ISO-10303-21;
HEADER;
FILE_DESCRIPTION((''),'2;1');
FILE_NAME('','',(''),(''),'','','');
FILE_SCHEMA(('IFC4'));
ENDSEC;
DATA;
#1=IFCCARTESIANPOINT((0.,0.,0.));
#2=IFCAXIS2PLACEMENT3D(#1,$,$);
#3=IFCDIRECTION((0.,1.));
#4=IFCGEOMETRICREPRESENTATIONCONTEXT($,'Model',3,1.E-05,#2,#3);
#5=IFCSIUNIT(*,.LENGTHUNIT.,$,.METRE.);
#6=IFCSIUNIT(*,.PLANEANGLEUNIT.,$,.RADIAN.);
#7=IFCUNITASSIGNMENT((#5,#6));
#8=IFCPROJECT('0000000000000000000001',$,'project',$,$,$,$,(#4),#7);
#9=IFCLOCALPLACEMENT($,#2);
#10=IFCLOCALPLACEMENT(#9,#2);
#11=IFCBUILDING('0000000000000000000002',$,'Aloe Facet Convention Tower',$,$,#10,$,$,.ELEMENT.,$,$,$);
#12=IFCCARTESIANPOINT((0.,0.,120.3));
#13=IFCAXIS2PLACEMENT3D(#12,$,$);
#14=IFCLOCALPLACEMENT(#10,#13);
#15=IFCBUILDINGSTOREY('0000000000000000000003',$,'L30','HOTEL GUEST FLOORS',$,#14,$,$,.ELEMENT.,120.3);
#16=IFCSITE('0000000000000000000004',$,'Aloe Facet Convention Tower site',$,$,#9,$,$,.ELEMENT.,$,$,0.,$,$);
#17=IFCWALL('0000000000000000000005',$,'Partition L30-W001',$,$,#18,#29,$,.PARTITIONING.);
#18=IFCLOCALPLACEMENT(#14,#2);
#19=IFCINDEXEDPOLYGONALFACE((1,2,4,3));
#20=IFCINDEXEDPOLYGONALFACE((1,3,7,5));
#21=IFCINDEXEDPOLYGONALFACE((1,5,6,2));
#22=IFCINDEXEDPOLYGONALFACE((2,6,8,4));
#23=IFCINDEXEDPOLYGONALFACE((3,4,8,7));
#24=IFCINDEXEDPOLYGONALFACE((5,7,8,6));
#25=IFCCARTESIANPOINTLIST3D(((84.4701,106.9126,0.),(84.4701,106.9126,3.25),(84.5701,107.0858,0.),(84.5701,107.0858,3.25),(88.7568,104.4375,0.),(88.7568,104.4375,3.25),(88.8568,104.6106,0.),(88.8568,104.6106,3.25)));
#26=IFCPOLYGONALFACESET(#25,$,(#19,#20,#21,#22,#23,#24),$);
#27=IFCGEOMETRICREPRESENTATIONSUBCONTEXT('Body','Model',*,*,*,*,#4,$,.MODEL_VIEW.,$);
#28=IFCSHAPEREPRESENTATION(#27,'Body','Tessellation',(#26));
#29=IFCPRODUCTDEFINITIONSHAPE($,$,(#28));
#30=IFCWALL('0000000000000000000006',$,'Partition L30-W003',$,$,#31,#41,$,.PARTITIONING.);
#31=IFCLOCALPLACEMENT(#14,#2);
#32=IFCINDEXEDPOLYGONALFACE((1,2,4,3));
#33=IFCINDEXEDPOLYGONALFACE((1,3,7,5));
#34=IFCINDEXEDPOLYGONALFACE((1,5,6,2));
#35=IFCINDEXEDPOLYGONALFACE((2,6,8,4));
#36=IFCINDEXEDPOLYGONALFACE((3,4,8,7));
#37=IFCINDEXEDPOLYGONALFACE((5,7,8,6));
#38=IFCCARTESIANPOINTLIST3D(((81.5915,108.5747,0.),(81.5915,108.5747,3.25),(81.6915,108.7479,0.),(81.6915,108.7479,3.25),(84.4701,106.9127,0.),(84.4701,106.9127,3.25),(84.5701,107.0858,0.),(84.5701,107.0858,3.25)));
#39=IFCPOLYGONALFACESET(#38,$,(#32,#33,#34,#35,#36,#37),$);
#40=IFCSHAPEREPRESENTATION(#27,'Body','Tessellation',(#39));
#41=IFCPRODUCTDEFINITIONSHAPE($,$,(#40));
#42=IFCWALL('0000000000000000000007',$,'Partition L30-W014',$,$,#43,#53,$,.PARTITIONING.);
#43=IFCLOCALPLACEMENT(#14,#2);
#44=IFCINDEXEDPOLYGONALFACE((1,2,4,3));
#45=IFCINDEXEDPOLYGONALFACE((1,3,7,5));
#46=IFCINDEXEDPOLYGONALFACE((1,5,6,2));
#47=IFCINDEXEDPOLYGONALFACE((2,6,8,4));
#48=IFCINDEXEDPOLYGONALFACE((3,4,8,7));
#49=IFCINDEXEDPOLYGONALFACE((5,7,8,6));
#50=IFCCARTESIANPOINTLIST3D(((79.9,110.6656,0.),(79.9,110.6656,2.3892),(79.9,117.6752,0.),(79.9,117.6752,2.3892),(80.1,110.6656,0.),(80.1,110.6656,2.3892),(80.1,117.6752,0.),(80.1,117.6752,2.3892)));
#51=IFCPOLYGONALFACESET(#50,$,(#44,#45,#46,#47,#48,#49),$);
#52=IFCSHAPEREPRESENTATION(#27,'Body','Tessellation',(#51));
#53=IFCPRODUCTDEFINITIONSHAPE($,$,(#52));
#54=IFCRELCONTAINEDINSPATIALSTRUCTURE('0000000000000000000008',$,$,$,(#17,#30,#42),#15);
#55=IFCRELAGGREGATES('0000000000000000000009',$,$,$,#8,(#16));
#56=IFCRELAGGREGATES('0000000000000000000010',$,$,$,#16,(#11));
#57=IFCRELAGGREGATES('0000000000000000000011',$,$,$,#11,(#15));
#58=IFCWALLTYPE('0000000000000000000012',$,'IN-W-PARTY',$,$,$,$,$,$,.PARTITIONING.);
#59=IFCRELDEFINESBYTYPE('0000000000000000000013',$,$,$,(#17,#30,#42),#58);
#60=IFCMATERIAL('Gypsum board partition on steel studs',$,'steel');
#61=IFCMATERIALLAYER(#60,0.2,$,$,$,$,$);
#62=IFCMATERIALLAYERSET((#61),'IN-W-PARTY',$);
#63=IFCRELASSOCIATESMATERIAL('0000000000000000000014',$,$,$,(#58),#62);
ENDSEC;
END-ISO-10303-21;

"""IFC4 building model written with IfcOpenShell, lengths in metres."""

from ifc_helpers import new_model, si_unit, direction, frame, frame_2d, origin, place, context, subcontext, project, spatial, rectangle, extrude, material, layer, layer_set, type_object, element, save


model = new_model("IFC4")

# Units and contexts
model_context = context("Model", 3, precision=1e-05, world=origin(), true_north=direction((0.0, 1.0)))
body_context = subcontext(model_context, "Body", "Model", "MODEL_VIEW")
ifc_project = project(units=[si_unit("LENGTHUNIT", "METRE"), si_unit("PLANEANGLEUNIT", "RADIAN")], contexts=[model_context])

# Site, building, storey
site_placement = place(None, origin())
site = spatial("IfcSite", under=ifc_project, at=site_placement, Name="Aloe Facet Convention Tower site", CompositionType="ELEMENT", RefElevation=0.0)
building_placement = place(site_placement, origin())
building = spatial("IfcBuilding", under=site, at=building_placement, Name="Aloe Facet Convention Tower", CompositionType="ELEMENT")
storey_placement = place(building_placement, frame((0.0, 0.0, 120.3)))
storey = spatial("IfcBuildingStorey", under=building, at=storey_placement, Name="L30", Description="HOTEL GUEST FLOORS", CompositionType="ELEMENT", Elevation=120.3)

# Walls
ifc_material_1 = material(Name="Gypsum board partition on steel studs", Category="steel")
ifc_layer_1 = layer(ifc_material_1, 0.2)
ifc_layer_set_1 = layer_set([ifc_layer_1], Name="IN-W-PARTY")
wall_type_1 = type_object("IfcWallType", Name="IN-W-PARTY", PredefinedType="PARTITIONING", material=ifc_layer_set_1)
wall_1_placement = place(storey_placement, frame((84.52, 106.9993, 0.0), z_axis=(0.0, 0.0, 1.0), x_axis=(0.866007, -0.500033, 0.0)))
element("IfcWall", 1, at=wall_1_placement, inside=storey, type_object=wall_type_1, Name="Partition L30-W001", PredefinedType="PARTITIONING", context=body_context, shape_type="SweptSolid", body=[
    extrude(rectangle(XDim=4.95, YDim=0.2, at=frame_2d((2.4751, 0.0))), origin(), (0.0, 0.0, 1.0), 3.25),
])
wall_2_placement = place(storey_placement, frame((81.6414, 108.6614, 0.0), z_axis=(0.0, 0.0, 1.0), x_axis=(0.866011, -0.500026, 0.0)))
element("IfcWall", 2, at=wall_2_placement, inside=storey, type_object=wall_type_1, Name="Partition L30-W003", PredefinedType="PARTITIONING", context=body_context, shape_type="SweptSolid", body=[
    extrude(rectangle(XDim=3.324, YDim=0.2, at=frame_2d((1.6621, 0.0))), origin(), (0.0, 0.0, 1.0), 3.25),
])
wall_3_placement = place(storey_placement, frame((80.0, 110.6655, 0.0), z_axis=(0.0, 0.0, 1.0), x_axis=(0.0, 1.0, 0.0)))
element("IfcWall", 3, at=wall_3_placement, inside=storey, type_object=wall_type_1, Name="Partition L30-W014", PredefinedType="PARTITIONING", context=body_context, shape_type="SweptSolid", body=[
    extrude(rectangle(XDim=7.0095, YDim=0.2, at=frame_2d((3.5049, 0.0))), origin(), (0.0, 0.0, 1.0), 2.3892),
])

save(model, "model.ifc")
